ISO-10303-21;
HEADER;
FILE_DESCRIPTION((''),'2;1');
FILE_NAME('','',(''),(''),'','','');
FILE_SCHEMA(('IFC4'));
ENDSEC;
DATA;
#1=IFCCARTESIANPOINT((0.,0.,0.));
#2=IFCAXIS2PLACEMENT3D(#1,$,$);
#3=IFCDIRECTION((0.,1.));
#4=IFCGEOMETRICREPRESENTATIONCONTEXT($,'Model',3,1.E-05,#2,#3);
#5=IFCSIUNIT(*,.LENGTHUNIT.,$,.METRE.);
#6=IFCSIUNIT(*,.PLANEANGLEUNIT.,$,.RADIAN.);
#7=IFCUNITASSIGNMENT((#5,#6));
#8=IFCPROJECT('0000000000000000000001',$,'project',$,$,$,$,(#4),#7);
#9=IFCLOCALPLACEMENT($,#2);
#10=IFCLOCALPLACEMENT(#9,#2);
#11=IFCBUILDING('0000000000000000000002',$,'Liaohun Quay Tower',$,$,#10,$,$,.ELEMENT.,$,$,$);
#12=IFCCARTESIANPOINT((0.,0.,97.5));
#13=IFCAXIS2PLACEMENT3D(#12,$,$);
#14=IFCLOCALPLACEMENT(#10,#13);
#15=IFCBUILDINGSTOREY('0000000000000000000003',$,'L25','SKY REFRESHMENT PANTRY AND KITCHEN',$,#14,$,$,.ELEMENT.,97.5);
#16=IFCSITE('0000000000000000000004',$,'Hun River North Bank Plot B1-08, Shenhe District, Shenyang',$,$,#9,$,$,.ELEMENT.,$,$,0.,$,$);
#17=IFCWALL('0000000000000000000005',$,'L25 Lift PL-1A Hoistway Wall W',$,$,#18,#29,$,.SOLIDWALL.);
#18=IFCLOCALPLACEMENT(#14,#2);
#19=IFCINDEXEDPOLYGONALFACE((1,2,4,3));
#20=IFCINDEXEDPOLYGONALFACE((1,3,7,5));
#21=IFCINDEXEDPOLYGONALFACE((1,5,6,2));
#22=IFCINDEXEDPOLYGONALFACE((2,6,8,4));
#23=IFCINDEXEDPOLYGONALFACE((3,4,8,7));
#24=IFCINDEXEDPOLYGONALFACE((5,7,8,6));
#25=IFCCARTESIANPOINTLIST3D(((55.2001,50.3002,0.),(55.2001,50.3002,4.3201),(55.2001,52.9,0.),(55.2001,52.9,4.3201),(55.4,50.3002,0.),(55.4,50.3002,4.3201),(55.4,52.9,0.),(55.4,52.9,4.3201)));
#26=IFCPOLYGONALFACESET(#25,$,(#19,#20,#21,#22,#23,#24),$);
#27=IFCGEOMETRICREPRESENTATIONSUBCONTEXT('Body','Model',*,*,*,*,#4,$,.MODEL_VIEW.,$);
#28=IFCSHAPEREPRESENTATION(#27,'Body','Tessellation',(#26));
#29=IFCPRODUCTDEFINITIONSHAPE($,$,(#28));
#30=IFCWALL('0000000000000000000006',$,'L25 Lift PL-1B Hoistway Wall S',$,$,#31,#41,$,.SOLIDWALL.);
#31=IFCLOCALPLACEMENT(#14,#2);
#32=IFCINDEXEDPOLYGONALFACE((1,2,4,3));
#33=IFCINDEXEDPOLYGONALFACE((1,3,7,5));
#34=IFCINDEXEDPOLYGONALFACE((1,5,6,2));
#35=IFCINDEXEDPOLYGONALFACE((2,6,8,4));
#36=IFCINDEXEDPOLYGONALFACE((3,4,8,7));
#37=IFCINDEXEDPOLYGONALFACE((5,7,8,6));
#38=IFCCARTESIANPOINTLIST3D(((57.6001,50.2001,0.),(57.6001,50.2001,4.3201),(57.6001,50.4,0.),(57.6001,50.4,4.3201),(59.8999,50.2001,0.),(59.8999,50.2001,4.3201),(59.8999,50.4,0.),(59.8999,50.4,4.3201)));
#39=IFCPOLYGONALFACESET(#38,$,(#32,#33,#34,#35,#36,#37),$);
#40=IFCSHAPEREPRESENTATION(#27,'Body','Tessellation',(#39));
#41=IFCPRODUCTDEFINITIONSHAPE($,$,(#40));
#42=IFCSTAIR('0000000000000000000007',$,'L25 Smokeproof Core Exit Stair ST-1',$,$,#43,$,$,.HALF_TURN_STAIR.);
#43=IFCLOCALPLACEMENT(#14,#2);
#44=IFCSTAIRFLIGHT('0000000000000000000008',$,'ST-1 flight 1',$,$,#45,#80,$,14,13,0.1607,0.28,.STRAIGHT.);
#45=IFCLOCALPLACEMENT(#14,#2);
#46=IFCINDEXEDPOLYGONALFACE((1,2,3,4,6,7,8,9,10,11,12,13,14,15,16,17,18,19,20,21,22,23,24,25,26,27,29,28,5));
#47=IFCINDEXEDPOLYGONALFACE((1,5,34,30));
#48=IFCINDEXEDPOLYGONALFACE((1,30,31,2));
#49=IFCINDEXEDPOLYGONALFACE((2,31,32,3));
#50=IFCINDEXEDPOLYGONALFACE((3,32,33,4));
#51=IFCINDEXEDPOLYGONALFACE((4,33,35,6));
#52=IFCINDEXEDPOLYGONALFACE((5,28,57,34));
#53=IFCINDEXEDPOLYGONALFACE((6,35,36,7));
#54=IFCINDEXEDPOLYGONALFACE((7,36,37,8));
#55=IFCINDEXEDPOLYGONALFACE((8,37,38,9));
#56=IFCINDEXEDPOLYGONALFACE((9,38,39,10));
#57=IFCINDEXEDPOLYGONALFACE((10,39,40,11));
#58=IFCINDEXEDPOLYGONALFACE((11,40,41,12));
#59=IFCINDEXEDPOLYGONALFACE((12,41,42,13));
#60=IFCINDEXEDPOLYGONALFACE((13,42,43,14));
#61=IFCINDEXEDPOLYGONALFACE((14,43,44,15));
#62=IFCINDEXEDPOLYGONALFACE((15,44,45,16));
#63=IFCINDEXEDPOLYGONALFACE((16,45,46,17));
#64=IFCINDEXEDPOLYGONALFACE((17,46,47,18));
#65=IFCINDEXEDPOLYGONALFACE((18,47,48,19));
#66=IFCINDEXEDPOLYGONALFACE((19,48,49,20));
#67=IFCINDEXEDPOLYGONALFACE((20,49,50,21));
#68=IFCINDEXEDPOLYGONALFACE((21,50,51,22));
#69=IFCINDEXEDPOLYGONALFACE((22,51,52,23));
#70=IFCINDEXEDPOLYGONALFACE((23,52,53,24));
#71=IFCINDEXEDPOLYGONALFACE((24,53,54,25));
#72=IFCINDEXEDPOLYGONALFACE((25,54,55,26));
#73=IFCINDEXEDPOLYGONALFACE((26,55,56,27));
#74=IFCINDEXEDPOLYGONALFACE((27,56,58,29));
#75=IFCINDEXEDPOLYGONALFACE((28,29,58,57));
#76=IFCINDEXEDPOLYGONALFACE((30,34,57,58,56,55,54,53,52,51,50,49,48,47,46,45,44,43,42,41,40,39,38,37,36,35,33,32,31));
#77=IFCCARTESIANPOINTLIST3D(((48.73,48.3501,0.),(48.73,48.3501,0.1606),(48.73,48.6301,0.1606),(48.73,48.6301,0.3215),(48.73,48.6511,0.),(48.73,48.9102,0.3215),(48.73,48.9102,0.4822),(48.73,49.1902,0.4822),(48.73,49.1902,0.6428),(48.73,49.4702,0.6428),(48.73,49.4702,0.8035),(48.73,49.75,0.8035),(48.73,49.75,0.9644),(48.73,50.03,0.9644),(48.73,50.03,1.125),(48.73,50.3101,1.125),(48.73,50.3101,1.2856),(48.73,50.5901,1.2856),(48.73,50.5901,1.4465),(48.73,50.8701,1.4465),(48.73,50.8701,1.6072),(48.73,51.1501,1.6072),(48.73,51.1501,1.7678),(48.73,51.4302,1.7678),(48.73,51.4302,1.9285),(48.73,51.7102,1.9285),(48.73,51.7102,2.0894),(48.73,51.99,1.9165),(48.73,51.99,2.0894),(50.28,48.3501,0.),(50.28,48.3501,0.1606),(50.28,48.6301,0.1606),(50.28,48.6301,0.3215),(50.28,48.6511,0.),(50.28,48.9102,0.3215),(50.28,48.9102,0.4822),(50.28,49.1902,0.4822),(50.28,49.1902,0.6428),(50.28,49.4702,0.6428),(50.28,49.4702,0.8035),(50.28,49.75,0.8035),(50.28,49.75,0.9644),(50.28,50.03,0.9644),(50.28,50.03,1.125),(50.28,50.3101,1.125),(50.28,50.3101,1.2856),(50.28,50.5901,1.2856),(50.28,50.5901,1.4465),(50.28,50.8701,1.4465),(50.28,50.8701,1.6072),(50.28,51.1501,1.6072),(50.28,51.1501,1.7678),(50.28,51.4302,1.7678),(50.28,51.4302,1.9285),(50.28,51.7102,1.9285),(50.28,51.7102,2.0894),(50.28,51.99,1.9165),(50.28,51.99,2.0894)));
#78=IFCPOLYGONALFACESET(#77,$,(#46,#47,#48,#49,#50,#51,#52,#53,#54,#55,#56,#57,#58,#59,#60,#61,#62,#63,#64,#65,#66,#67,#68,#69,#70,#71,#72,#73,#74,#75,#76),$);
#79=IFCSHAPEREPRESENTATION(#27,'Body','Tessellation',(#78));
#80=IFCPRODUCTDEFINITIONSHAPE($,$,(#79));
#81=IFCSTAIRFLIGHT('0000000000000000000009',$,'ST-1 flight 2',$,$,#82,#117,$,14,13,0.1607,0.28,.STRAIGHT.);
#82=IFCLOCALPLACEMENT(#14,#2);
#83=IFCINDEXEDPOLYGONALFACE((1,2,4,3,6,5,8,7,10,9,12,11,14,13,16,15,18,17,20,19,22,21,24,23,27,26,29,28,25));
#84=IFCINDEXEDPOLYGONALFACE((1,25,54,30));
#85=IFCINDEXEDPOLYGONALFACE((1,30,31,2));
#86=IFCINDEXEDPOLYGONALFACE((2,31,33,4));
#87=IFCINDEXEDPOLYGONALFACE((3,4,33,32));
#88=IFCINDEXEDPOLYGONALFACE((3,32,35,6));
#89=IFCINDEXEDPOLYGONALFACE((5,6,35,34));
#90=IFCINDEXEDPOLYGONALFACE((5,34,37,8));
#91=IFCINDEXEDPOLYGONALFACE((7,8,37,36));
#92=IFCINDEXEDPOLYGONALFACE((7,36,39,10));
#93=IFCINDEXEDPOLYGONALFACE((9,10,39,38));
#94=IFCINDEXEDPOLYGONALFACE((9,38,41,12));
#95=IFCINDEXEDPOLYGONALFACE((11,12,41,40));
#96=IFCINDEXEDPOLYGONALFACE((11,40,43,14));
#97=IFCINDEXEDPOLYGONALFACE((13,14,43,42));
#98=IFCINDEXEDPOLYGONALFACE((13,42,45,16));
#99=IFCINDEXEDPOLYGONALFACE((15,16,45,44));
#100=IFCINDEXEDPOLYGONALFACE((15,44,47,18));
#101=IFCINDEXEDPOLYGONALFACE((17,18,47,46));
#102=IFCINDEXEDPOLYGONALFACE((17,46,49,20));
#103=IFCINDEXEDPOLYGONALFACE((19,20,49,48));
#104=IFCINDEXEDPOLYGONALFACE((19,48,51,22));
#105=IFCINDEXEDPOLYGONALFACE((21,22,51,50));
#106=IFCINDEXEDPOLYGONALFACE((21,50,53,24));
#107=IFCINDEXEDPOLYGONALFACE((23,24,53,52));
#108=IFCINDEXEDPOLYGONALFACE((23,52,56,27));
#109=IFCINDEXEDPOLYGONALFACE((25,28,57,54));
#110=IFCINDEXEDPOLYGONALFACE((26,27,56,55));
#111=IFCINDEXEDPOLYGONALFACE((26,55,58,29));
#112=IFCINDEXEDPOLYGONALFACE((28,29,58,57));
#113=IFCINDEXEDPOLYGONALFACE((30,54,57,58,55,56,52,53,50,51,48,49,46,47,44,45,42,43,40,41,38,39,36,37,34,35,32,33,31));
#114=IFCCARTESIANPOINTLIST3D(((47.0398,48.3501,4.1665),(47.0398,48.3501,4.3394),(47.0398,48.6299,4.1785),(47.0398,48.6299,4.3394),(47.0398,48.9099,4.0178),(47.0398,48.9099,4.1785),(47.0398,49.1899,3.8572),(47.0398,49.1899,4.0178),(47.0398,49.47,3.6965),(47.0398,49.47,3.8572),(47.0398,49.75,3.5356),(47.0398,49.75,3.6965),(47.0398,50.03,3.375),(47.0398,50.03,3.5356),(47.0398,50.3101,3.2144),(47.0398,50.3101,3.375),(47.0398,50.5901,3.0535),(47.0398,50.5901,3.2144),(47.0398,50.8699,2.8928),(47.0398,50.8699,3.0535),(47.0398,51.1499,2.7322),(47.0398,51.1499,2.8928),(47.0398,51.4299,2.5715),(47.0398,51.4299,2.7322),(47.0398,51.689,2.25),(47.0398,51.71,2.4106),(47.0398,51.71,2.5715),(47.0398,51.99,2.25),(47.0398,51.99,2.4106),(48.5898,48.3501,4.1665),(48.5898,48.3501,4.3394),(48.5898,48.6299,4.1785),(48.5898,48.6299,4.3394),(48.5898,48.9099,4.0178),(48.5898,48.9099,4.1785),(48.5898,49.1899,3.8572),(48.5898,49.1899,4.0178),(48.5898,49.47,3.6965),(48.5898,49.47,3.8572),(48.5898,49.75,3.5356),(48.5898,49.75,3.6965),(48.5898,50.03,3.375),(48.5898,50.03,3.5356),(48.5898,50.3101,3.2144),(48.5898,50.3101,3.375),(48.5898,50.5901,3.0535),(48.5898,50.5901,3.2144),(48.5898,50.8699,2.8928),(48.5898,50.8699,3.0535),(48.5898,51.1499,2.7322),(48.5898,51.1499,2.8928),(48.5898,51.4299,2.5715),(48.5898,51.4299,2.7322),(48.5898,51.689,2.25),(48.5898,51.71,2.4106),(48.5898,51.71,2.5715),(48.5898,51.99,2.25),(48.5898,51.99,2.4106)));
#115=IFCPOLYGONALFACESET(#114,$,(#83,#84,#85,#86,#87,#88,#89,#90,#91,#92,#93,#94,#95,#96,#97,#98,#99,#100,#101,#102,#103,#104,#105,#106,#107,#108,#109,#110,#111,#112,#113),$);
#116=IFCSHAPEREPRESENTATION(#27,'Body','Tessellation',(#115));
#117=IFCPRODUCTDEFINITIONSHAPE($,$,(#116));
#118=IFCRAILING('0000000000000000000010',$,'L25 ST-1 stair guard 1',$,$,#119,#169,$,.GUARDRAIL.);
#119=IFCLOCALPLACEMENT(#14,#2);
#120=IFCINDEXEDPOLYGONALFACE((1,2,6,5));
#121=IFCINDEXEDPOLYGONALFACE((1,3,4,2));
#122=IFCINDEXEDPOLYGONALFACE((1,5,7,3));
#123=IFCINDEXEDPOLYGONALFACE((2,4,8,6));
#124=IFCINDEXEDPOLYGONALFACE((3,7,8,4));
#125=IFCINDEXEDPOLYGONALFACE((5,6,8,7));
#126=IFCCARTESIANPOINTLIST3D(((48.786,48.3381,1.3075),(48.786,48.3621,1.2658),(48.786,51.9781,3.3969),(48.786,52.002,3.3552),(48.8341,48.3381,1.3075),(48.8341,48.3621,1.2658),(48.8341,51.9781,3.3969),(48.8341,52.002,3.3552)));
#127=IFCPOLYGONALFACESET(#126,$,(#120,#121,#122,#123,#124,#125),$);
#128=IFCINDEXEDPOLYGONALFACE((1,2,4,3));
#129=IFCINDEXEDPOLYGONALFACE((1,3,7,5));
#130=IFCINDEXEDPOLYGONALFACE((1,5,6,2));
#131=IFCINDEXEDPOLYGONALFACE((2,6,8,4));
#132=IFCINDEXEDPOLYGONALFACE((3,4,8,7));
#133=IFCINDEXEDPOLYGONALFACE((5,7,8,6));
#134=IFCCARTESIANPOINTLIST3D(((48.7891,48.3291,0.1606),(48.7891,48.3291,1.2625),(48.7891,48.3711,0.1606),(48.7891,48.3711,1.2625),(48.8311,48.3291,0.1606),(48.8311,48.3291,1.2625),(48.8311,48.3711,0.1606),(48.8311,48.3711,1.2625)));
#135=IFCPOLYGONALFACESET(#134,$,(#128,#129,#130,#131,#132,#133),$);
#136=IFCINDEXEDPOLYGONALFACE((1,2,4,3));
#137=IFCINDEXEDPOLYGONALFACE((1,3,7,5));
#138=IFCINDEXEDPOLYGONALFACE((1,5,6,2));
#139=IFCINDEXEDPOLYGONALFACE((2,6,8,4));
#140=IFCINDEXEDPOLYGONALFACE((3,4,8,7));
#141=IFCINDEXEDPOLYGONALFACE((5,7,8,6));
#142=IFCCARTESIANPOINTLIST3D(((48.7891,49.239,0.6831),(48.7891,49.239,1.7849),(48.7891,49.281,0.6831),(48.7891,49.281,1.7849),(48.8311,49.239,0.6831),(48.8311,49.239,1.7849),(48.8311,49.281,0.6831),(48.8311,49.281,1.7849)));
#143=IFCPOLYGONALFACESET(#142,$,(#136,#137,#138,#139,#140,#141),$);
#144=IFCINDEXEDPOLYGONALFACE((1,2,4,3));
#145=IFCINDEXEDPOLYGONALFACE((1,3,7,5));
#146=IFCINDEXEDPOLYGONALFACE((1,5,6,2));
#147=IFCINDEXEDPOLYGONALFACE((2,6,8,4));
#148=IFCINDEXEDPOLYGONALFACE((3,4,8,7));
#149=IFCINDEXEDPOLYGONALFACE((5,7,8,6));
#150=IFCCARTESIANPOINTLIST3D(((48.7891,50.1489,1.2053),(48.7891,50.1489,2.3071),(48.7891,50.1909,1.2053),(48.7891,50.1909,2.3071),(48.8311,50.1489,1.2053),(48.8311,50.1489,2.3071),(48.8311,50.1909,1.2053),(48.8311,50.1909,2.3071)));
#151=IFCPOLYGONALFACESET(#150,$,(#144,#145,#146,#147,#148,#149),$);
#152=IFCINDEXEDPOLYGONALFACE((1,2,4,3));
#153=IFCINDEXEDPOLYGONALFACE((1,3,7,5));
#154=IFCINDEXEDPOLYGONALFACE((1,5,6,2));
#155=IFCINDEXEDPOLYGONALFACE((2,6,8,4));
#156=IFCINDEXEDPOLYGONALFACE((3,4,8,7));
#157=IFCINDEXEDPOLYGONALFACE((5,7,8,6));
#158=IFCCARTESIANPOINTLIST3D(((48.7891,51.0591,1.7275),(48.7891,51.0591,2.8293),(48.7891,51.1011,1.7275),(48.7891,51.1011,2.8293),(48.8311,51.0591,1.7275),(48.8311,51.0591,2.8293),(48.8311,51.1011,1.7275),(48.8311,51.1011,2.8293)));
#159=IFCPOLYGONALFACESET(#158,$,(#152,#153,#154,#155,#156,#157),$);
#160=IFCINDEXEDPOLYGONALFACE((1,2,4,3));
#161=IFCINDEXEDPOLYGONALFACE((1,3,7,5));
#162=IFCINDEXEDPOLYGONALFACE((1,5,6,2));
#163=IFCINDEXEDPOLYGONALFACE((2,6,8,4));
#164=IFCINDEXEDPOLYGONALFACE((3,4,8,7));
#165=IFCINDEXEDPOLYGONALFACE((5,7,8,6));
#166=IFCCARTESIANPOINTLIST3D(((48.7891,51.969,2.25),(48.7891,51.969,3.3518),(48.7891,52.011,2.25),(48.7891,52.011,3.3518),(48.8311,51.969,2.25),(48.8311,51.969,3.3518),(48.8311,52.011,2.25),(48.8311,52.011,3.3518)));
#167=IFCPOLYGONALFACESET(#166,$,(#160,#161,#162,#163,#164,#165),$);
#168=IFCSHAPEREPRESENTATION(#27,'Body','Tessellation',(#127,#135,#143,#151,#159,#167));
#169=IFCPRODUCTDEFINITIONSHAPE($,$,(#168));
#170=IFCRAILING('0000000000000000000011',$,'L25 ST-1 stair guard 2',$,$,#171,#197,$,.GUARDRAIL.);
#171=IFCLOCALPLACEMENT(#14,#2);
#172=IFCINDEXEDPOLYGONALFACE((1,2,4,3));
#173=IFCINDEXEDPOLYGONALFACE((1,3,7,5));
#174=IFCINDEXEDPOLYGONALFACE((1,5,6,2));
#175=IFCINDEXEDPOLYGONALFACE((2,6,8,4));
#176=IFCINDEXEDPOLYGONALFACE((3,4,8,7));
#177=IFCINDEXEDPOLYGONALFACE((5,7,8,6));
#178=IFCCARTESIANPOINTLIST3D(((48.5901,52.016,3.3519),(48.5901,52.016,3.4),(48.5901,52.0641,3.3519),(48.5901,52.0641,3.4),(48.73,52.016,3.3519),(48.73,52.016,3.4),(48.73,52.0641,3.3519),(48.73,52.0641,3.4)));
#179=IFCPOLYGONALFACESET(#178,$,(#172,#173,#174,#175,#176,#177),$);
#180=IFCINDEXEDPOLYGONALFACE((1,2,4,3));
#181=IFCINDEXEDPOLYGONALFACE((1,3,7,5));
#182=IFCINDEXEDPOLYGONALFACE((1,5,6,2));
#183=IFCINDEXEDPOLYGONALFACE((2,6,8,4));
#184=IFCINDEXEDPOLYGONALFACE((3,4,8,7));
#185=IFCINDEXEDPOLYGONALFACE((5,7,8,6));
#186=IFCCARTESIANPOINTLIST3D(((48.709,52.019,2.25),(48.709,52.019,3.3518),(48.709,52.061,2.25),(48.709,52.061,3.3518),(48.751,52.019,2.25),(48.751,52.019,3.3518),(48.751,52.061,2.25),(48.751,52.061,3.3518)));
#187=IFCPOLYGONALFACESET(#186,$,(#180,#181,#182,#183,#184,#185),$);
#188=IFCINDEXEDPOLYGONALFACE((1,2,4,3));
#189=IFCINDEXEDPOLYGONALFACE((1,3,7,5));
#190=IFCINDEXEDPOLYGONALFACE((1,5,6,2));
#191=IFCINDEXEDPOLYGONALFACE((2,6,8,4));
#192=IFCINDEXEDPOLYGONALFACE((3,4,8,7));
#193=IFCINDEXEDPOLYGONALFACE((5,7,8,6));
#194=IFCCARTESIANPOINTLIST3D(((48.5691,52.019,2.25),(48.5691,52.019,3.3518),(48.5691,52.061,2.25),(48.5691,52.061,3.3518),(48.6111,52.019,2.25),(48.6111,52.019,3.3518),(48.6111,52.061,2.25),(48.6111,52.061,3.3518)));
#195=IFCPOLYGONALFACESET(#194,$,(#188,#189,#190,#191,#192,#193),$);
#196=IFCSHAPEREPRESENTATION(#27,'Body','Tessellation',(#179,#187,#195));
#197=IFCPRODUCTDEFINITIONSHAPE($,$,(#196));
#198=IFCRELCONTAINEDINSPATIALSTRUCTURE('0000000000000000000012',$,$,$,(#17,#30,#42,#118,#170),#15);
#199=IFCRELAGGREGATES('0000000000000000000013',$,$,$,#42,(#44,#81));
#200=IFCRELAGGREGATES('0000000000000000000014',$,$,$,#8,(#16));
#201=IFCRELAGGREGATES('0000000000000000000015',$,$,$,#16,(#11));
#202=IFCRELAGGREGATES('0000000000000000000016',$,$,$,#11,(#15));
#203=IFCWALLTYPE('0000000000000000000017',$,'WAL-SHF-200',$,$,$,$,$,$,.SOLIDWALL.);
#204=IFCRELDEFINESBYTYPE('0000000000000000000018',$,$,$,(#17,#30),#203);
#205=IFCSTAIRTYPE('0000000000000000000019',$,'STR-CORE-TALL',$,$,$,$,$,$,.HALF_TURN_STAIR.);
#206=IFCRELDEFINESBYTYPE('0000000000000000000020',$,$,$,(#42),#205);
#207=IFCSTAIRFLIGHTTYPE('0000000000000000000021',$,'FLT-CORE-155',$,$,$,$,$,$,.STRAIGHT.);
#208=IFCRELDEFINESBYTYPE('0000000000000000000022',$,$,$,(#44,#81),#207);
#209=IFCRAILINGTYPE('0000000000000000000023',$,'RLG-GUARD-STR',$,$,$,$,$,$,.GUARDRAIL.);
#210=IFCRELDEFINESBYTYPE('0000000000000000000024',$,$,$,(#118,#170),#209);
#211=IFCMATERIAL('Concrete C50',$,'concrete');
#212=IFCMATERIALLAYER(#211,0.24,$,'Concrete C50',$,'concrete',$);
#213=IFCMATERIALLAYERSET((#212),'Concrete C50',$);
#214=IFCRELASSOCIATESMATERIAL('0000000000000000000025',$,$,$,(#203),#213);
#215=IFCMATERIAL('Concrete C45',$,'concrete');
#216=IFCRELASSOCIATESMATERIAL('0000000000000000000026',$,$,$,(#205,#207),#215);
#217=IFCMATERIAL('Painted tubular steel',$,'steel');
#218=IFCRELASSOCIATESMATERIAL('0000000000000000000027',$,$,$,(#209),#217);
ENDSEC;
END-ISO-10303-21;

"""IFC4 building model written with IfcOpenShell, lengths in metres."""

from ifc_helpers import new_model, si_unit, direction, frame, frame_2d, origin, origin_2d, place, context, subcontext, project, spatial, polyline, rectangle, outline, extrude, material, layer, layer_set, type_object, element, aggregate, save


model = new_model("IFC4")

# Units and contexts
model_context = context("Model", 3, precision=1e-05, world=origin(), true_north=direction((0.0, 1.0)))
body_context = subcontext(model_context, "Body", "Model", "MODEL_VIEW")
ifc_project = project(units=[si_unit("LENGTHUNIT", "METRE"), si_unit("PLANEANGLEUNIT", "RADIAN")], contexts=[model_context])

# Site, building, storey
site_placement = place(None, origin())
site = spatial("IfcSite", under=ifc_project, at=site_placement, Name="Hun River North Bank Plot B1-08, Shenhe District, Shenyang", CompositionType="ELEMENT", RefElevation=0.0)
building_placement = place(site_placement, origin())
building = spatial("IfcBuilding", under=site, at=building_placement, Name="Liaohun Quay Tower", CompositionType="ELEMENT")
storey_placement = place(building_placement, frame((0.0, 0.0, 97.5)))
storey = spatial("IfcBuildingStorey", under=building, at=storey_placement, Name="L25", Description="SKY REFRESHMENT PANTRY AND KITCHEN", CompositionType="ELEMENT", Elevation=97.5)

# Shared definitions
ifc_material_1 = material(Name="Concrete C50", Category="concrete")
ifc_layer_1 = layer(ifc_material_1, 0.24, Name="Concrete C50", Category="concrete")
ifc_layer_set_1 = layer_set([ifc_layer_1], Name="Concrete C50")
wall_type_1 = type_object("IfcWallType", Name="WAL-SHF-200", PredefinedType="SOLIDWALL", material=ifc_layer_set_1)

# Walls
wall_1_placement = place(storey_placement, frame((55.3, 52.8999, 0.0), z_axis=(0.0, 0.0, 1.0), x_axis=(0.0, -1.0, 0.0)))
element("IfcWall", 1, at=wall_1_placement, inside=storey, type_object=wall_type_1, Name="L25 Lift PL-1A Hoistway Wall W", PredefinedType="SOLIDWALL", context=body_context, shape_type="SweptSolid", body=[
    extrude(rectangle(XDim=2.5999, YDim=0.2, at=frame_2d((1.2998, 0.0))), origin(), (0.0, 0.0, 1.0), 4.3201),
])
wall_2_placement = place(storey_placement, frame((57.6001, 50.3, 0.0), z_axis=(0.0, 0.0, 1.0), x_axis=(1.0, 0.0, 0.0)))
element("IfcWall", 2, at=wall_2_placement, inside=storey, type_object=wall_type_1, Name="L25 Lift PL-1B Hoistway Wall S", PredefinedType="SOLIDWALL", context=body_context, shape_type="SweptSolid", body=[
    extrude(rectangle(XDim=2.2998, YDim=0.2, at=frame_2d((1.1499, 0.0))), origin(), (0.0, 0.0, 1.0), 4.3201),
])

# Stair, stair flights
ifc_material_2 = material(Name="Concrete C45", Category="concrete")
stair_type = type_object("IfcStairType", Name="STR-CORE-TALL", PredefinedType="HALF_TURN_STAIR", material=ifc_material_2)
stair_placement = place(storey_placement, origin())
stair = element("IfcStair", 3, at=stair_placement, inside=storey, type_object=stair_type, Name="L25 Smokeproof Core Exit Stair ST-1", PredefinedType="HALF_TURN_STAIR")
stair_flight_type = type_object("IfcStairFlightType", Name="FLT-CORE-155", PredefinedType="STRAIGHT", material=ifc_material_2)
stair_flight_1_placement = place(storey_placement, frame((49.5049, 48.3501, 0.0), z_axis=(0.0, 0.0, 1.0), x_axis=(0.0, 1.0, 0.0)))
stair_flight_1 = element("IfcStairFlight", 4, at=stair_flight_1_placement, type_object=stair_flight_type, Name="ST-1 flight 1", NumberOfRisers=14, NumberOfTreads=13, PredefinedType="STRAIGHT", RiserHeight=0.1607, TreadLength=0.28, context=body_context, shape_type="SweptSolid", body=[
    extrude(outline(polyline([(0.0, 0.0), (0.0, 0.1606), (0.28, 0.1606), (0.28, 0.3215), (0.5601, 0.3215), (0.5601, 0.4822), (0.8401, 0.4822), (0.8401, 0.6428), (1.1201, 0.6428), (1.1201, 0.8035), (1.3999, 0.8035), (1.3999, 0.9644), (1.6799, 0.9644), (1.6799, 1.125), (1.96, 1.125), (1.96, 1.2856), (2.24, 1.2856), (2.24, 1.4465), (2.52, 1.4465), (2.52, 1.6072), (2.8, 1.6072), (2.8, 1.7678), (3.0801, 1.7678), (3.0801, 1.9285), (3.3601, 1.9285), (3.3601, 2.0894), (3.6399, 2.0894), (3.6399, 2.25), (3.6399, 1.9165), (0.301, 0.0), (0.0, 0.0)])), frame((0.0, 0.7749, 0.0), z_axis=(0.0, -1.0, 0.0), x_axis=(1.0, 0.0, 0.0)), (0.0, 0.0, 1.0), 1.55),
])
stair_flight_2_placement = place(storey_placement, frame((47.8149, 51.99, 2.25), z_axis=(0.0, 0.0, 1.0), x_axis=(0.0, -1.0, 0.0)))
stair_flight_2 = element("IfcStairFlight", 5, at=stair_flight_2_placement, type_object=stair_flight_type, Name="ST-1 flight 2", NumberOfRisers=14, NumberOfTreads=13, PredefinedType="STRAIGHT", RiserHeight=0.1607, TreadLength=0.28, context=body_context, shape_type="SweptSolid", body=[
    extrude(outline(polyline([(0.0, 0.0), (0.0, 0.1606), (0.28, 0.1606), (0.28, 0.3215), (0.5601, 0.3215), (0.5601, 0.4822), (0.8401, 0.4822), (0.8401, 0.6428), (1.1201, 0.6428), (1.1201, 0.8035), (1.3999, 0.8035), (1.3999, 0.9644), (1.6799, 0.9644), (1.6799, 1.125), (1.96, 1.125), (1.96, 1.2856), (2.24, 1.2856), (2.24, 1.4465), (2.52, 1.4465), (2.52, 1.6072), (2.8, 1.6072), (2.8, 1.7678), (3.0801, 1.7678), (3.0801, 1.9285), (3.3601, 1.9285), (3.3601, 2.0894), (3.6399, 2.0894), (3.6399, 2.25), (3.6399, 1.9165), (0.301, 0.0), (0.0, 0.0)])), frame((0.0, 0.7749, 0.0), z_axis=(0.0, -1.0, 0.0), x_axis=(1.0, 0.0, 0.0)), (0.0, 0.0, 1.0), 1.55),
])
aggregate(stair, [stair_flight_1, stair_flight_2])

# Railings
ifc_material_3 = material(Name="Painted tubular steel", Category="steel")
railing_type_1 = type_object("IfcRailingType", Name="RLG-GUARD-STR", PredefinedType="GUARDRAIL", material=ifc_material_3)
railing_1_placement = place(storey_placement, frame((48.8101, 48.3501, 0.1606)))
element("IfcRailing", 6, at=railing_1_placement, inside=storey, type_object=railing_type_1, Name="L25 ST-1 stair guard 1", PredefinedType="GUARDRAIL", context=body_context, shape_type="SweptSolid", body=[
    extrude(rectangle(XDim=0.0481, YDim=0.0481, at=origin_2d()), frame((0.0, 0.0, 1.126), z_axis=(0.0, 0.867275, 0.497829), x_axis=(-1.0, 0.0, 0.0)), (0.0, 0.0, 1.0), 4.197),
    extrude(rectangle(XDim=0.042, YDim=0.042, at=origin_2d()), origin(), (0.0, 0.0, 1.0), 1.1018),
    extrude(rectangle(XDim=0.042, YDim=0.042, at=origin_2d()), frame((0.0, 0.9099, 0.5225)), (0.0, 0.0, 1.0), 1.1018),
    extrude(rectangle(XDim=0.042, YDim=0.042, at=origin_2d()), frame((0.0, 1.8198, 1.0447)), (0.0, 0.0, 1.0), 1.1018),
    extrude(rectangle(XDim=0.042, YDim=0.042, at=origin_2d()), frame((0.0, 2.73, 1.5669)), (0.0, 0.0, 1.0), 1.1018),
    extrude(rectangle(XDim=0.042, YDim=0.042, at=origin_2d()), frame((0.0, 3.6399, 2.0894)), (0.0, 0.0, 1.0), 1.1018),
])
railing_2_placement = place(storey_placement, frame((48.73, 52.04, 2.25)))
element("IfcRailing", 7, at=railing_2_placement, inside=storey, type_object=railing_type_1, Name="L25 ST-1 stair guard 2", PredefinedType="GUARDRAIL", context=body_context, shape_type="SweptSolid", body=[
    extrude(rectangle(XDim=0.0481, YDim=0.0481, at=origin_2d()), frame((0.0, 0.0, 1.126), z_axis=(-1.0, 0.0, 0.0), x_axis=(0.0, -1.0, 0.0)), (0.0, 0.0, 1.0), 0.1399),
    extrude(rectangle(XDim=0.042, YDim=0.042, at=origin_2d()), origin(), (0.0, 0.0, 1.0), 1.1018),
    extrude(rectangle(XDim=0.042, YDim=0.042, at=origin_2d()), frame((-0.1399, 0.0, 0.0)), (0.0, 0.0, 1.0), 1.1018),
])

save(model, "model.ifc")
